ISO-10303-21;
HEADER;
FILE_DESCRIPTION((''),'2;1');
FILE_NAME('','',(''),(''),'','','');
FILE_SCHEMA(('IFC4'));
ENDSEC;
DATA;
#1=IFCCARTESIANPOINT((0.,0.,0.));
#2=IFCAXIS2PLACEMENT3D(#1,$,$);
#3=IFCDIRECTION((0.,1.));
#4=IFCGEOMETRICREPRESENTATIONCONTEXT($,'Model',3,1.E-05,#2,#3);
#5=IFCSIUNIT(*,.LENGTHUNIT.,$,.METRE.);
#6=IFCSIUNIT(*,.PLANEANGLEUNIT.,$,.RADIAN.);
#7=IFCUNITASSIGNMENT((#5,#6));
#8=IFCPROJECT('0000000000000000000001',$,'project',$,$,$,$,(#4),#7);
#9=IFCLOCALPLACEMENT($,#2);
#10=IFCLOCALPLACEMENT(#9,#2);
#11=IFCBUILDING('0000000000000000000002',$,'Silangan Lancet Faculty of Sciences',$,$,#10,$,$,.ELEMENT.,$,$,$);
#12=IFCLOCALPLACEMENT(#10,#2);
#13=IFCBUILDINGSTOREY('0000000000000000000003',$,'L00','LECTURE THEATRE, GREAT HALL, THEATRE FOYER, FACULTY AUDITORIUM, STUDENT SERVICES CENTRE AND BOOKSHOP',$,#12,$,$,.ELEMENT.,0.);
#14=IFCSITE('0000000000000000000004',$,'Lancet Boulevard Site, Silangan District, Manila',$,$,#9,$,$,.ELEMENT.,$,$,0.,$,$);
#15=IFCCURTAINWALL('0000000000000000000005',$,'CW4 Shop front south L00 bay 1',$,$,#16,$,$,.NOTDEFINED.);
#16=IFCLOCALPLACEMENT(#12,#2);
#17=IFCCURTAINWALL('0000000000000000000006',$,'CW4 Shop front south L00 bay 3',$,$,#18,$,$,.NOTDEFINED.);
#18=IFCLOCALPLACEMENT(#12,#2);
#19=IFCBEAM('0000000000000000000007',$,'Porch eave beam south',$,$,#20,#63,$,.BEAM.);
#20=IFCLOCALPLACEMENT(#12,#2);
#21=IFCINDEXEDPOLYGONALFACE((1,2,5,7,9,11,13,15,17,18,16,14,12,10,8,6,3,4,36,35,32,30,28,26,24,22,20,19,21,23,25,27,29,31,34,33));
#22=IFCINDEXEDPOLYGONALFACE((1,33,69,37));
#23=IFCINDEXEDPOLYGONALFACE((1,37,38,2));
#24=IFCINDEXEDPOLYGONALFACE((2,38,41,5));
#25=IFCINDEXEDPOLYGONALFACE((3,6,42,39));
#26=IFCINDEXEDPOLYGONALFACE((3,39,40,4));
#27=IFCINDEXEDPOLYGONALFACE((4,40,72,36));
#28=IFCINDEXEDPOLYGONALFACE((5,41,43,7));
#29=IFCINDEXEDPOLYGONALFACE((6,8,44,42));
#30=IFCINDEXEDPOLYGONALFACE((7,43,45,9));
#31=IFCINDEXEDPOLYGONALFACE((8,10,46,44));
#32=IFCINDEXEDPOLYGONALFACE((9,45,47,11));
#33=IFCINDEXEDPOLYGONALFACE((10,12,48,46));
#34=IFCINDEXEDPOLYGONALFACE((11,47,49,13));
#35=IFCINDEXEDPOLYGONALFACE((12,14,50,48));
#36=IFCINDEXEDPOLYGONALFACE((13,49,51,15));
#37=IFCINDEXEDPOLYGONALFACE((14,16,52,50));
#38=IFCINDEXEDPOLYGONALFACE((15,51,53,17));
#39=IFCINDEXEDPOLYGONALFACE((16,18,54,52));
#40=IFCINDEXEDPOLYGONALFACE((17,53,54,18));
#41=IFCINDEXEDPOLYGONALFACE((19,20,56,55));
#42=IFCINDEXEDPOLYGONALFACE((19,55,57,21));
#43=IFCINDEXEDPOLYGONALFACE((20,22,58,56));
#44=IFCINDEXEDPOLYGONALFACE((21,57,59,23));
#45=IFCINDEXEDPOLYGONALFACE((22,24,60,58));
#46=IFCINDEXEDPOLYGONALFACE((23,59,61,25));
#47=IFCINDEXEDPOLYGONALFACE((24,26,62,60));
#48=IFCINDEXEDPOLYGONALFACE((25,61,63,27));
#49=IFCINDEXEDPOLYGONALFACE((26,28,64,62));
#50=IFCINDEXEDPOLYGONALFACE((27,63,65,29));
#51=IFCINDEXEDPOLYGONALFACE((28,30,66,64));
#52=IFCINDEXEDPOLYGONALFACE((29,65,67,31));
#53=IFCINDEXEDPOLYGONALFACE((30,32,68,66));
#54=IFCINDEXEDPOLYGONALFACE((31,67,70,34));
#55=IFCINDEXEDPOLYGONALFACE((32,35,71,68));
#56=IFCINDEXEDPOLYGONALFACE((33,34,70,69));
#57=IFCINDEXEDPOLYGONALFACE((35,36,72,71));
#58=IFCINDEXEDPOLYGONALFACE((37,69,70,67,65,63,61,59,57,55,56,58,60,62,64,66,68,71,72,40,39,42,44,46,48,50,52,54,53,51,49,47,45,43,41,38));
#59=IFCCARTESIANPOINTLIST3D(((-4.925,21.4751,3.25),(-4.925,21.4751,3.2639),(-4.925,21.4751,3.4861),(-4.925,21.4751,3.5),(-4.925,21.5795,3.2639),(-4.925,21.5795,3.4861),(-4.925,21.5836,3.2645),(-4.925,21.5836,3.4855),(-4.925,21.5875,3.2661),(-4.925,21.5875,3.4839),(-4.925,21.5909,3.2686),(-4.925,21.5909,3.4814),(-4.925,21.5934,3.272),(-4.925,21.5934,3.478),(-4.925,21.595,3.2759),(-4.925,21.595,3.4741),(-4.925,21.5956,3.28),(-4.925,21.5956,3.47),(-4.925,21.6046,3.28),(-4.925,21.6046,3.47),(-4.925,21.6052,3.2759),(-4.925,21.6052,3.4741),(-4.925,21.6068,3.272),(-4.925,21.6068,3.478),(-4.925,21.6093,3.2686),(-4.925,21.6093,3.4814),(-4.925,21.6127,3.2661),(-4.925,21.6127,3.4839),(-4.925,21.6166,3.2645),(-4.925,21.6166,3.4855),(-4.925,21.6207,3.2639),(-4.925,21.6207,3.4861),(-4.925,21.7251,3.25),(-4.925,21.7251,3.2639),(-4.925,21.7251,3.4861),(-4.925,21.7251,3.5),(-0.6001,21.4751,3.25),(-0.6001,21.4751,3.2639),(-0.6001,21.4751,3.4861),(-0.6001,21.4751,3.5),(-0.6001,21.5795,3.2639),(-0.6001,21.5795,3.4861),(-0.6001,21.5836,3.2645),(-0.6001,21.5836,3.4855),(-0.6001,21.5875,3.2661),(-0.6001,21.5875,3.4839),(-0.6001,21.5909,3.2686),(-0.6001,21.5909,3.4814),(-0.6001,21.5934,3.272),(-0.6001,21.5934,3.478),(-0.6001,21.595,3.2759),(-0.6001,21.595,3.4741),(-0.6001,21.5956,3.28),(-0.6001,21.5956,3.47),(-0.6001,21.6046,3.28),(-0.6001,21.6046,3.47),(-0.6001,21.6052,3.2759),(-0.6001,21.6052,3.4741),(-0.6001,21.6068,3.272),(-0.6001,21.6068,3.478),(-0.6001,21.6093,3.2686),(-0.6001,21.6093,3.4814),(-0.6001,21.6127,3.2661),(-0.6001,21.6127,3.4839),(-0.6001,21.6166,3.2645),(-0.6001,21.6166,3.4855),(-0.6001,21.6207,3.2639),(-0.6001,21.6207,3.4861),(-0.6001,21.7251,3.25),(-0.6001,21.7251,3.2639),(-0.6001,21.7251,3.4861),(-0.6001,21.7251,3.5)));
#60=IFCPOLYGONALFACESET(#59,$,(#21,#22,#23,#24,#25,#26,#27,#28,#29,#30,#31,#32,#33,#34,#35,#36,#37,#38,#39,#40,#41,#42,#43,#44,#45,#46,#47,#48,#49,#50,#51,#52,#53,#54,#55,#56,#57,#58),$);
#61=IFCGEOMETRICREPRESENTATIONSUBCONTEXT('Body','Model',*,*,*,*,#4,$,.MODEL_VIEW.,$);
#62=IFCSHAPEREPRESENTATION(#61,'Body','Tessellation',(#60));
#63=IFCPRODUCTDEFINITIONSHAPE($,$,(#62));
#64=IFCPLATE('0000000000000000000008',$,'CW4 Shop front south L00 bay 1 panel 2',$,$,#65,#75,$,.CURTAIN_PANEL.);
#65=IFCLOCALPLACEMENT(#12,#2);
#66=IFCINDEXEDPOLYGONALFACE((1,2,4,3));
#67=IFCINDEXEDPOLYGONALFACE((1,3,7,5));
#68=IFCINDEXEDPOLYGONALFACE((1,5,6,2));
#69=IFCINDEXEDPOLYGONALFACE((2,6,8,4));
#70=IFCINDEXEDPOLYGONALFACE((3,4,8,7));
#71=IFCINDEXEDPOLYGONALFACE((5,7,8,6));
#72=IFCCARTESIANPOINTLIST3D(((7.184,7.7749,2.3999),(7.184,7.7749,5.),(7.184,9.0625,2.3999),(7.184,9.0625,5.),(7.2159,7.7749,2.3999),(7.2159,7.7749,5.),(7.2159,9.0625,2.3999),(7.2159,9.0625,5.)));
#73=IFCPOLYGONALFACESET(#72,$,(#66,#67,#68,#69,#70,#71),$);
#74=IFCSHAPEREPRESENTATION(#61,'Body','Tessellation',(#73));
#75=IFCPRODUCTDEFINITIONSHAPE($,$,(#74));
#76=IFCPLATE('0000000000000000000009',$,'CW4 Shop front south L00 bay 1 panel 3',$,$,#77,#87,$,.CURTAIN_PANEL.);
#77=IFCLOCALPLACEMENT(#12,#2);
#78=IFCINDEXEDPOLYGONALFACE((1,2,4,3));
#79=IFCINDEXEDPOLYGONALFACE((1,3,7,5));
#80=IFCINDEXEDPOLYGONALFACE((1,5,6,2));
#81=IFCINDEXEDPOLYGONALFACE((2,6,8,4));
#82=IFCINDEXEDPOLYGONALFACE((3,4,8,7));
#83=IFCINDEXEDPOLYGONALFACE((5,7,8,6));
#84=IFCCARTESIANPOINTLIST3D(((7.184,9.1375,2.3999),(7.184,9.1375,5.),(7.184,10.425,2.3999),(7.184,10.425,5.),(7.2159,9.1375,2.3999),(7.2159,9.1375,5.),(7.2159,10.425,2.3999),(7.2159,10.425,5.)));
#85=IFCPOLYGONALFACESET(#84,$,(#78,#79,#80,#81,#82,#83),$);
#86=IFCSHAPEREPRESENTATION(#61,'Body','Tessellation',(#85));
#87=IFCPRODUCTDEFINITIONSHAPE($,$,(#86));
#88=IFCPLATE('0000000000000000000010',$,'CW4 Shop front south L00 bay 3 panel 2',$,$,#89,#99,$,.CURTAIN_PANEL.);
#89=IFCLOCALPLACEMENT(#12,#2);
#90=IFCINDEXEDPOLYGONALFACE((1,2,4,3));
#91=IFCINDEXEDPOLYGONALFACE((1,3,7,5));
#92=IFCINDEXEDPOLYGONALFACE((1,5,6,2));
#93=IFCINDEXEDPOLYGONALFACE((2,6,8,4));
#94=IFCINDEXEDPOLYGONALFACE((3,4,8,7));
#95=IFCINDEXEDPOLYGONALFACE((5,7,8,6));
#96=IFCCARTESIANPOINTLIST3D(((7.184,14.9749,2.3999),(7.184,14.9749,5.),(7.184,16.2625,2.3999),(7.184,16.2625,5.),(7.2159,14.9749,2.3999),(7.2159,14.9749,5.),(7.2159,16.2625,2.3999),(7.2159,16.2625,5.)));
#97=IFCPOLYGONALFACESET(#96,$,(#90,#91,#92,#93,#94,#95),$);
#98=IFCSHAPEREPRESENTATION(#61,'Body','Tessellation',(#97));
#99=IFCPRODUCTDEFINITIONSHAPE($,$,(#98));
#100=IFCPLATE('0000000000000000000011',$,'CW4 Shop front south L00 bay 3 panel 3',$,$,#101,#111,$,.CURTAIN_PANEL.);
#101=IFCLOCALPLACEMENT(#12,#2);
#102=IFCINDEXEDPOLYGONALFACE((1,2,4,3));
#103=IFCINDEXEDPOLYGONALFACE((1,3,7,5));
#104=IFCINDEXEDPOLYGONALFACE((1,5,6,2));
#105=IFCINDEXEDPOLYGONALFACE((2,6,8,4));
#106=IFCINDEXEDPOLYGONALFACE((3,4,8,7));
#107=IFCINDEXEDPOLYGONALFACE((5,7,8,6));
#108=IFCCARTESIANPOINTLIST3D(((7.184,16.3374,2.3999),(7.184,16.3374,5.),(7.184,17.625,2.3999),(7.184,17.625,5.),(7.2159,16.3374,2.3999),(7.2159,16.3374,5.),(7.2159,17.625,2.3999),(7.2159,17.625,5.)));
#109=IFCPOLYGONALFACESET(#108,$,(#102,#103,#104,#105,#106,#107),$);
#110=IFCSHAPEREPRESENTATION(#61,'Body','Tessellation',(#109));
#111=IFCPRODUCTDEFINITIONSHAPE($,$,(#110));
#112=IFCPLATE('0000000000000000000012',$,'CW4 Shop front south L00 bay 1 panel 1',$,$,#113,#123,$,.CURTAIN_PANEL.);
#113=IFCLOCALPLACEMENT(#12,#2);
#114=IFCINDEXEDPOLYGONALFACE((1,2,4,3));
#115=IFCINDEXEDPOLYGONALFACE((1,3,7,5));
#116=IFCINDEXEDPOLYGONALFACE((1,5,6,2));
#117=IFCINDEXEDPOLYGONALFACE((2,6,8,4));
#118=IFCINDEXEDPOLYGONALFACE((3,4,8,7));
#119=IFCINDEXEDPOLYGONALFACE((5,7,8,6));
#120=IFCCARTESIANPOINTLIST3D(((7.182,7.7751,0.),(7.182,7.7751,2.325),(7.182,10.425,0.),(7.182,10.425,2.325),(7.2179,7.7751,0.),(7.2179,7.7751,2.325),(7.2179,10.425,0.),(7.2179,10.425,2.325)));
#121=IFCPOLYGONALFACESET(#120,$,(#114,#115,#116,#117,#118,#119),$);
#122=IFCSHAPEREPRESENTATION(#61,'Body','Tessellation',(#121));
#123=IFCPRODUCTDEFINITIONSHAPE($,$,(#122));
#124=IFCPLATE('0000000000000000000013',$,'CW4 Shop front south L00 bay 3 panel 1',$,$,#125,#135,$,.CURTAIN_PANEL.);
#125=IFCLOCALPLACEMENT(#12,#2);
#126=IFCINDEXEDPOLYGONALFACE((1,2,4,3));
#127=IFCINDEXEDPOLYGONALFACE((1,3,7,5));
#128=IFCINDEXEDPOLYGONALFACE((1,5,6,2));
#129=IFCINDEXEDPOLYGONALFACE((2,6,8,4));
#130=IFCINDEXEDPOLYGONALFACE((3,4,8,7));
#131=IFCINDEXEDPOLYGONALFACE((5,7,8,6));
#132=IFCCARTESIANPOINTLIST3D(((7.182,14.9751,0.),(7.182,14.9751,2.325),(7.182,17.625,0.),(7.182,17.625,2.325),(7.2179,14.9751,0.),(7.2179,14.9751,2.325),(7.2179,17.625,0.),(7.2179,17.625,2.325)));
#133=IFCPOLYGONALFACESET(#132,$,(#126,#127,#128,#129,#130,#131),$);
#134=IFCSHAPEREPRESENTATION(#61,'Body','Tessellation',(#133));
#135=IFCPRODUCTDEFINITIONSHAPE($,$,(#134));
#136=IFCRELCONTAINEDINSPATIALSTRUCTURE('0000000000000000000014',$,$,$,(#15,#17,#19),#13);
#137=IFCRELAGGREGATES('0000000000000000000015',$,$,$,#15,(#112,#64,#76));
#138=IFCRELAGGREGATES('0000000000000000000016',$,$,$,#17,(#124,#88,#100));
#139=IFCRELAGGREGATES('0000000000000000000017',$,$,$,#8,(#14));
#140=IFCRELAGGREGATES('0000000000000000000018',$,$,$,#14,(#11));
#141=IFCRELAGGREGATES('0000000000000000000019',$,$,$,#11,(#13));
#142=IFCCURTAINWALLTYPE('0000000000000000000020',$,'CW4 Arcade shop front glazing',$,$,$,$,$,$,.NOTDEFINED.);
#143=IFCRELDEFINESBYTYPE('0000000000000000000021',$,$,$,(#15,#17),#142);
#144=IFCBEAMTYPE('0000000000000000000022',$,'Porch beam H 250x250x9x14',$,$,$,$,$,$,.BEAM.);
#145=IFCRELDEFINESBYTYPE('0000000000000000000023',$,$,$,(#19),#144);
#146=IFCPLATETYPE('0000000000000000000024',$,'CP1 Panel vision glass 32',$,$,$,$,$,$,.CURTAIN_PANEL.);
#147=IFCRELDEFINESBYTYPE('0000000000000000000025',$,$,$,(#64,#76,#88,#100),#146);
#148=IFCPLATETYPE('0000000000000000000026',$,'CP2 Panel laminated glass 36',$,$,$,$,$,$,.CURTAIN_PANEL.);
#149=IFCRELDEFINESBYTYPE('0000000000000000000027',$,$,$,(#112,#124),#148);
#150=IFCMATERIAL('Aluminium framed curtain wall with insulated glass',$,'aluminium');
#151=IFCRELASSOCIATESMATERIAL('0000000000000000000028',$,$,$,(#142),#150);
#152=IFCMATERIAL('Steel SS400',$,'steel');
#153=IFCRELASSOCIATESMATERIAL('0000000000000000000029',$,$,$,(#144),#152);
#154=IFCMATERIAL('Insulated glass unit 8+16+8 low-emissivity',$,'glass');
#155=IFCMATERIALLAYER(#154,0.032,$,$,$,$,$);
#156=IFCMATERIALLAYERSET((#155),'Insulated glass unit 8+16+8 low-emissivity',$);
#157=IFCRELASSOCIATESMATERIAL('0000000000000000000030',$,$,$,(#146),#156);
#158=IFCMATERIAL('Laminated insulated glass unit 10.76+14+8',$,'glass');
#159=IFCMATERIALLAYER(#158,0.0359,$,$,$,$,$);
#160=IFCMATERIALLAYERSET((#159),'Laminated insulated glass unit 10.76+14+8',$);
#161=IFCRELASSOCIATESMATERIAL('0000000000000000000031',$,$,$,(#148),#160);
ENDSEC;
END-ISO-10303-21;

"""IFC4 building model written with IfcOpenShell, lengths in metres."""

from ifc_helpers import new_model, si_unit, direction, frame, origin, origin_2d, place, context, subcontext, project, spatial, rectangle, i_section, extrude, material, layer, layer_set, material_profile, profile_set, type_object, element, aggregate, save


model = new_model("IFC4")

# Units and contexts
model_context = context("Model", 3, precision=1e-05, world=origin(), true_north=direction((0.0, 1.0)))
body_context = subcontext(model_context, "Body", "Model", "MODEL_VIEW")
ifc_project = project(units=[si_unit("LENGTHUNIT", "METRE"), si_unit("PLANEANGLEUNIT", "RADIAN")], contexts=[model_context])

# Site, building, storey
site_placement = place(None, origin())
site = spatial("IfcSite", under=ifc_project, at=site_placement, Name="Lancet Boulevard Site, Silangan District, Manila", CompositionType="ELEMENT", RefElevation=0.0)
building_placement = place(site_placement, origin())
building = spatial("IfcBuilding", under=site, at=building_placement, Name="Silangan Lancet Faculty of Sciences", CompositionType="ELEMENT")
storey_placement = place(building_placement, origin())
storey = spatial("IfcBuildingStorey", under=building, at=storey_placement, Name="L00", Description="LECTURE THEATRE, GREAT HALL, THEATRE FOYER, FACULTY AUDITORIUM, STUDENT SERVICES CENTRE AND BOOKSHOP", CompositionType="ELEMENT", Elevation=0.0)

# Curtain walls
ifc_material_1 = material(Name="Aluminium framed curtain wall with insulated glass", Category="aluminium")
curtain_wall_type = type_object("IfcCurtainWallType", Name="CW4 Arcade shop front glazing", PredefinedType="NOTDEFINED", material=ifc_material_1)
curtain_wall_1_placement = place(storey_placement, origin())
curtain_wall_1 = element("IfcCurtainWall", 1, at=curtain_wall_1_placement, inside=storey, type_object=curtain_wall_type, Name="CW4 Shop front south L00 bay 1", PredefinedType="NOTDEFINED")
curtain_wall_2_placement = place(storey_placement, origin())
curtain_wall_2 = element("IfcCurtainWall", 2, at=curtain_wall_2_placement, inside=storey, type_object=curtain_wall_type, Name="CW4 Shop front south L00 bay 3", PredefinedType="NOTDEFINED")

# Beam
ifc_material_2 = material(Name="Steel SS400", Category="steel")
ifc_material_profile_1 = material_profile(ifc_material_2, i_section(OverallWidth=0.25, OverallDepth=0.25, WebThickness=0.009, FlangeThickness=0.0139, FilletRadius=0.0161, at=origin_2d()), Name="H 250x250x9x14")
ifc_profile_set_1 = profile_set([ifc_material_profile_1], Name="Steel SS400")
beam_type_1 = type_object("IfcBeamType", Name="Porch beam H 250x250x9x14", PredefinedType="BEAM", material=ifc_profile_set_1)
beam_1_placement = place(storey_placement, frame((-0.6001, 21.6001, 3.375), z_axis=(-1.0, 0.0, 0.0), x_axis=(0.0, -1.0, 0.0)))
element("IfcBeam", 3, at=beam_1_placement, inside=storey, type_object=beam_type_1, Name="Porch eave beam south", PredefinedType="BEAM", context=body_context, shape_type="SweptSolid", body=[
    extrude(i_section(OverallWidth=0.25, OverallDepth=0.25, WebThickness=0.009, FlangeThickness=0.0139, FilletRadius=0.0161, at=origin_2d()), origin(), (0.0, 0.0, 1.0), 4.325),
])

# Plates
ifc_material_3 = material(Name="Insulated glass unit 8+16+8 low-emissivity", Category="glass")
ifc_layer_1 = layer(ifc_material_3, 0.032)
ifc_layer_set_1 = layer_set([ifc_layer_1], Name="Insulated glass unit 8+16+8 low-emissivity")
plate_type_1 = type_object("IfcPlateType", Name="CP1 Panel vision glass 32", PredefinedType="CURTAIN_PANEL", material=ifc_layer_set_1)
plate_1_placement = place(storey_placement, frame((7.2, 8.4187, 2.3999), z_axis=(0.0, 0.0, 1.0), x_axis=(0.0, 1.0, 0.0)))
plate_1 = element("IfcPlate", 4, at=plate_1_placement, type_object=plate_type_1, Name="CW4 Shop front south L00 bay 1 panel 2", PredefinedType="CURTAIN_PANEL", context=body_context, shape_type="SweptSolid", body=[
    extrude(rectangle(XDim=1.2876, YDim=0.032, at=origin_2d()), origin(), (0.0, 0.0, 1.0), 2.6001),
])
plate_2_placement = place(storey_placement, frame((7.2, 9.7812, 2.3999), z_axis=(0.0, 0.0, 1.0), x_axis=(0.0, 1.0, 0.0)))
plate_2 = element("IfcPlate", 5, at=plate_2_placement, type_object=plate_type_1, Name="CW4 Shop front south L00 bay 1 panel 3", PredefinedType="CURTAIN_PANEL", context=body_context, shape_type="SweptSolid", body=[
    extrude(rectangle(XDim=1.2876, YDim=0.032, at=origin_2d()), origin(), (0.0, 0.0, 1.0), 2.6001),
])
plate_3_placement = place(storey_placement, frame((7.2, 15.6187, 2.3999), z_axis=(0.0, 0.0, 1.0), x_axis=(0.0, 1.0, 0.0)))
plate_3 = element("IfcPlate", 6, at=plate_3_placement, type_object=plate_type_1, Name="CW4 Shop front south L00 bay 3 panel 2", PredefinedType="CURTAIN_PANEL", context=body_context, shape_type="SweptSolid", body=[
    extrude(rectangle(XDim=1.2876, YDim=0.032, at=origin_2d()), origin(), (0.0, 0.0, 1.0), 2.6001),
])
plate_4_placement = place(storey_placement, frame((7.2, 16.9812, 2.3999), z_axis=(0.0, 0.0, 1.0), x_axis=(0.0, 1.0, 0.0)))
plate_4 = element("IfcPlate", 7, at=plate_4_placement, type_object=plate_type_1, Name="CW4 Shop front south L00 bay 3 panel 3", PredefinedType="CURTAIN_PANEL", context=body_context, shape_type="SweptSolid", body=[
    extrude(rectangle(XDim=1.2876, YDim=0.032, at=origin_2d()), origin(), (0.0, 0.0, 1.0), 2.6001),
])
ifc_material_4 = material(Name="Laminated insulated glass unit 10.76+14+8", Category="glass")
ifc_layer_2 = layer(ifc_material_4, 0.0359)
ifc_layer_set_2 = layer_set([ifc_layer_2], Name="Laminated insulated glass unit 10.76+14+8")
plate_type_2 = type_object("IfcPlateType", Name="CP2 Panel laminated glass 36", PredefinedType="CURTAIN_PANEL", material=ifc_layer_set_2)
plate_5_placement = place(storey_placement, frame((7.2, 9.1001, 0.0), z_axis=(0.0, 0.0, 1.0), x_axis=(0.0, 1.0, 0.0)))
plate_5 = element("IfcPlate", 8, at=plate_5_placement, type_object=plate_type_2, Name="CW4 Shop front south L00 bay 1 panel 1", PredefinedType="CURTAIN_PANEL", context=body_context, shape_type="SweptSolid", body=[
    extrude(rectangle(XDim=2.6499, YDim=0.0359, at=origin_2d()), origin(), (0.0, 0.0, 1.0), 2.325),
])
aggregate(curtain_wall_1, [plate_5, plate_1, plate_2])
plate_6_placement = place(storey_placement, frame((7.2, 16.3, 0.0), z_axis=(0.0, 0.0, 1.0), x_axis=(0.0, 1.0, 0.0)))
plate_6 = element("IfcPlate", 9, at=plate_6_placement, type_object=plate_type_2, Name="CW4 Shop front south L00 bay 3 panel 1", PredefinedType="CURTAIN_PANEL", context=body_context, shape_type="SweptSolid", body=[
    extrude(rectangle(XDim=2.6499, YDim=0.0359, at=origin_2d()), origin(), (0.0, 0.0, 1.0), 2.325),
])
aggregate(curtain_wall_2, [plate_6, plate_3, plate_4])

save(model, "model.ifc")
